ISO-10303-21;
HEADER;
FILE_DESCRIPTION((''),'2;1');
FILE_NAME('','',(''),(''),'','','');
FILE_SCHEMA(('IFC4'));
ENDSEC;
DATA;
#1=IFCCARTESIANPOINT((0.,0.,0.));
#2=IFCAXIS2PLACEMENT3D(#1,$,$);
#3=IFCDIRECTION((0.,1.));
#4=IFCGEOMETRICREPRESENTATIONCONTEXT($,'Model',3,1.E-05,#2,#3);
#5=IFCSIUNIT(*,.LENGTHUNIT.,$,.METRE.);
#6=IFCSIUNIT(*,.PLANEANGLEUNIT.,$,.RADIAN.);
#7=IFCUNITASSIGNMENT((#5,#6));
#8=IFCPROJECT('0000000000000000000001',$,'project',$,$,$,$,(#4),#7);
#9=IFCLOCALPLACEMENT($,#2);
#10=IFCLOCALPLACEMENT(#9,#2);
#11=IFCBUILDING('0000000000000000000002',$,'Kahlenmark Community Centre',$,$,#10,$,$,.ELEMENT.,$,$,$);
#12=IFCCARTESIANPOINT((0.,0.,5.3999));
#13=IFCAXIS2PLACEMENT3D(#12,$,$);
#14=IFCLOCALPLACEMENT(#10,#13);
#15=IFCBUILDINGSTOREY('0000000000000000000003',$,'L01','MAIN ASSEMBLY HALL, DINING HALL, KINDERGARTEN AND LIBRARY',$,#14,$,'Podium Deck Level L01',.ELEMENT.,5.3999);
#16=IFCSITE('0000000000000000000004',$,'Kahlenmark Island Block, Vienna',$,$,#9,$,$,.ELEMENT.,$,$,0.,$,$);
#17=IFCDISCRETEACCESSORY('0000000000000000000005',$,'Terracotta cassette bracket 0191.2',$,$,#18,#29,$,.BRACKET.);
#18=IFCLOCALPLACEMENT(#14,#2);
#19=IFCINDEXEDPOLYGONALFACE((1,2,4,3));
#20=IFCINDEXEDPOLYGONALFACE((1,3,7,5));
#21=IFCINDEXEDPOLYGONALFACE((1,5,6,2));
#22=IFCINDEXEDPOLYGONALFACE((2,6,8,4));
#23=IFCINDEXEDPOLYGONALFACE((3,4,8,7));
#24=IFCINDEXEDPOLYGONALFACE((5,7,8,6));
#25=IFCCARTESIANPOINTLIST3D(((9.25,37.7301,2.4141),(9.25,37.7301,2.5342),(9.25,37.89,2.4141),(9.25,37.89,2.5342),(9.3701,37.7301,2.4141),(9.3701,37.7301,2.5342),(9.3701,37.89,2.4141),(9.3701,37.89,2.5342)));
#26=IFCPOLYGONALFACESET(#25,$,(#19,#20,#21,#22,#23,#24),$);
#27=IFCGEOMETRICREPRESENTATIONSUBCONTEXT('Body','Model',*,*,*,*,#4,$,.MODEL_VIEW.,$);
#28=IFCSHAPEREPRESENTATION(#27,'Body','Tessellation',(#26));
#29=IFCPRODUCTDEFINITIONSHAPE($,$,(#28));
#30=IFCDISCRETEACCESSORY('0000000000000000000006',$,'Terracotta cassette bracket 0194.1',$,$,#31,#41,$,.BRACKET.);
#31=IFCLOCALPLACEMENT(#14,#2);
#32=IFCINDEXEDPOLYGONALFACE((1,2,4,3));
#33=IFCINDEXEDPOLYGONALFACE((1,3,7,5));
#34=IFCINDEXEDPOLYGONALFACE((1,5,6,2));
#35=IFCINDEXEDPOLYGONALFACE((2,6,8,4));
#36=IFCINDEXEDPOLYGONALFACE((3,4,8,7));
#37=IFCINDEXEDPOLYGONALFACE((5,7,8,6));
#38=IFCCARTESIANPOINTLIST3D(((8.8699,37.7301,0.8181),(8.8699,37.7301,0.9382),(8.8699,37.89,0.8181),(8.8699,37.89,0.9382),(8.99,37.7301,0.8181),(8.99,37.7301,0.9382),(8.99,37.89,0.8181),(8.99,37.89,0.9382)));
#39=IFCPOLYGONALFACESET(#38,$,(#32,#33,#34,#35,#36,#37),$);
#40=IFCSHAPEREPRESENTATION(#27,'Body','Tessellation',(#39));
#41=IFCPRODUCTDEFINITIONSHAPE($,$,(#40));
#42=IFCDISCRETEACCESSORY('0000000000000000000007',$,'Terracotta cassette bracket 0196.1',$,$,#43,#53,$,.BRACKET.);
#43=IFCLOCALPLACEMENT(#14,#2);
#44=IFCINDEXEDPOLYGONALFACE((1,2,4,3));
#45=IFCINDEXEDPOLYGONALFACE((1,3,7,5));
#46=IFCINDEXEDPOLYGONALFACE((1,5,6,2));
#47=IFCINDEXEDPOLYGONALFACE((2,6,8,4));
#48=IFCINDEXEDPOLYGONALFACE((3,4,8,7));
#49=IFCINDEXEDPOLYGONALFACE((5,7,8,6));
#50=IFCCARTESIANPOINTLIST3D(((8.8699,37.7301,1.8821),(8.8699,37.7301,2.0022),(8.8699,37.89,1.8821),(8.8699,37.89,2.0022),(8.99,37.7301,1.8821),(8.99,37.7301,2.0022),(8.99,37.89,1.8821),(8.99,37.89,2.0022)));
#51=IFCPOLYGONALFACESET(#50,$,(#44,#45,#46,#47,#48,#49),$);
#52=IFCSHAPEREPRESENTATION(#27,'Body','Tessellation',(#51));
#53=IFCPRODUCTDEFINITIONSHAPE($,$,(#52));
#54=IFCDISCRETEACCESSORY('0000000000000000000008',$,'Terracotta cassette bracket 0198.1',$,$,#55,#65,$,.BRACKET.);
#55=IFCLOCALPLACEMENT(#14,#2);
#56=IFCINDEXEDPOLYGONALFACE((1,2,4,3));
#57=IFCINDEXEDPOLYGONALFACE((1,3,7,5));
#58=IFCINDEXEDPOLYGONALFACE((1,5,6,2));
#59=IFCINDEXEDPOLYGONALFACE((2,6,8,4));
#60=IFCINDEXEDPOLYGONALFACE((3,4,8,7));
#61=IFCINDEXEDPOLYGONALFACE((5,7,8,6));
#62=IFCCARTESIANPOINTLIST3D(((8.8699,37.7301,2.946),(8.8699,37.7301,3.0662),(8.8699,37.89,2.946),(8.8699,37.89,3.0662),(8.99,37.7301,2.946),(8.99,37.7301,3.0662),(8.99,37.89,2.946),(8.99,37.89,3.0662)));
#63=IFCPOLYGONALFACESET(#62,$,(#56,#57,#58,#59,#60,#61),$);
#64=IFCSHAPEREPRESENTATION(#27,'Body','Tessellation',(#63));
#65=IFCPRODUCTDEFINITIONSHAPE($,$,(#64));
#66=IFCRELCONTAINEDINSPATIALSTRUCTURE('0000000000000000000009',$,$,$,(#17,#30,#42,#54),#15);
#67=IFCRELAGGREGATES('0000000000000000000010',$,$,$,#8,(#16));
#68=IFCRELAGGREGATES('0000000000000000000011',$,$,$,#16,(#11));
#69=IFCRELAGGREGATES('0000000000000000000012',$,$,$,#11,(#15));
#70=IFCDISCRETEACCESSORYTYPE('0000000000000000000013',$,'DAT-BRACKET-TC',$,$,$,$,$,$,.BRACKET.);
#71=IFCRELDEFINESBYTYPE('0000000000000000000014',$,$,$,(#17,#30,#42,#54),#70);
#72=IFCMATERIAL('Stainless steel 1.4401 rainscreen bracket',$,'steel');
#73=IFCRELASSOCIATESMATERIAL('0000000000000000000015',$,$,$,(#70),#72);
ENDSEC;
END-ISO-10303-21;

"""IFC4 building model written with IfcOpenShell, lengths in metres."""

from ifc_helpers import new_model, si_unit, direction, frame, origin, origin_2d, place, context, subcontext, project, spatial, rectangle, extrude, material, type_object, element, save


model = new_model("IFC4")

# Units and contexts
model_context = context("Model", 3, precision=1e-05, world=origin(), true_north=direction((0.0, 1.0)))
body_context = subcontext(model_context, "Body", "Model", "MODEL_VIEW")
ifc_project = project(units=[si_unit("LENGTHUNIT", "METRE"), si_unit("PLANEANGLEUNIT", "RADIAN")], contexts=[model_context])

# Site, building, storey
site_placement = place(None, origin())
site = spatial("IfcSite", under=ifc_project, at=site_placement, Name="Kahlenmark Island Block, Vienna", CompositionType="ELEMENT", RefElevation=0.0)
building_placement = place(site_placement, origin())
building = spatial("IfcBuilding", under=site, at=building_placement, Name="Kahlenmark Community Centre", CompositionType="ELEMENT")
storey_placement = place(building_placement, frame((0.0, 0.0, 5.3999)))
storey = spatial("IfcBuildingStorey", under=building, at=storey_placement, Name="L01", Description="MAIN ASSEMBLY HALL, DINING HALL, KINDERGARTEN AND LIBRARY", LongName="Podium Deck Level L01", CompositionType="ELEMENT", Elevation=5.3999)

# Discrete accessories
ifc_material_1 = material(Name="Stainless steel 1.4401 rainscreen bracket", Category="steel")
discrete_accessory_type = type_object("IfcDiscreteAccessoryType", Name="DAT-BRACKET-TC", PredefinedType="BRACKET", material=ifc_material_1)
for number, where, z_axis, x_axis, name in (
    (1, (9.3101, 37.8101, 2.4141), (0.0, 0.0, 1.0), (-1.0, 0.0, 0.0), "Terracotta cassette bracket 0191.2"),
    (2, (8.9299, 37.8101, 0.8181), (0.0, 0.0, 1.0), (-1.0, 0.0, 0.0), "Terracotta cassette bracket 0194.1"),
    (3, (8.9299, 37.8101, 1.8821), (0.0, 0.0, 1.0), (-1.0, 0.0, 0.0), "Terracotta cassette bracket 0196.1"),
    (4, (8.9299, 37.8101, 2.946), (0.0, 0.0, 1.0), (-1.0, 0.0, 0.0), "Terracotta cassette bracket 0198.1"),
):
    element("IfcDiscreteAccessory", number, at=place(storey_placement, frame(where, z_axis=z_axis, x_axis=x_axis)), inside=storey, type_object=discrete_accessory_type, Name=name, PredefinedType="BRACKET", context=body_context, shape_type="SweptSolid", body=[
        extrude(rectangle(XDim=0.1201, YDim=0.1599, at=origin_2d()), origin(), (0.0, 0.0, 1.0), 0.1201),
    ])

save(model, "model.ifc")
